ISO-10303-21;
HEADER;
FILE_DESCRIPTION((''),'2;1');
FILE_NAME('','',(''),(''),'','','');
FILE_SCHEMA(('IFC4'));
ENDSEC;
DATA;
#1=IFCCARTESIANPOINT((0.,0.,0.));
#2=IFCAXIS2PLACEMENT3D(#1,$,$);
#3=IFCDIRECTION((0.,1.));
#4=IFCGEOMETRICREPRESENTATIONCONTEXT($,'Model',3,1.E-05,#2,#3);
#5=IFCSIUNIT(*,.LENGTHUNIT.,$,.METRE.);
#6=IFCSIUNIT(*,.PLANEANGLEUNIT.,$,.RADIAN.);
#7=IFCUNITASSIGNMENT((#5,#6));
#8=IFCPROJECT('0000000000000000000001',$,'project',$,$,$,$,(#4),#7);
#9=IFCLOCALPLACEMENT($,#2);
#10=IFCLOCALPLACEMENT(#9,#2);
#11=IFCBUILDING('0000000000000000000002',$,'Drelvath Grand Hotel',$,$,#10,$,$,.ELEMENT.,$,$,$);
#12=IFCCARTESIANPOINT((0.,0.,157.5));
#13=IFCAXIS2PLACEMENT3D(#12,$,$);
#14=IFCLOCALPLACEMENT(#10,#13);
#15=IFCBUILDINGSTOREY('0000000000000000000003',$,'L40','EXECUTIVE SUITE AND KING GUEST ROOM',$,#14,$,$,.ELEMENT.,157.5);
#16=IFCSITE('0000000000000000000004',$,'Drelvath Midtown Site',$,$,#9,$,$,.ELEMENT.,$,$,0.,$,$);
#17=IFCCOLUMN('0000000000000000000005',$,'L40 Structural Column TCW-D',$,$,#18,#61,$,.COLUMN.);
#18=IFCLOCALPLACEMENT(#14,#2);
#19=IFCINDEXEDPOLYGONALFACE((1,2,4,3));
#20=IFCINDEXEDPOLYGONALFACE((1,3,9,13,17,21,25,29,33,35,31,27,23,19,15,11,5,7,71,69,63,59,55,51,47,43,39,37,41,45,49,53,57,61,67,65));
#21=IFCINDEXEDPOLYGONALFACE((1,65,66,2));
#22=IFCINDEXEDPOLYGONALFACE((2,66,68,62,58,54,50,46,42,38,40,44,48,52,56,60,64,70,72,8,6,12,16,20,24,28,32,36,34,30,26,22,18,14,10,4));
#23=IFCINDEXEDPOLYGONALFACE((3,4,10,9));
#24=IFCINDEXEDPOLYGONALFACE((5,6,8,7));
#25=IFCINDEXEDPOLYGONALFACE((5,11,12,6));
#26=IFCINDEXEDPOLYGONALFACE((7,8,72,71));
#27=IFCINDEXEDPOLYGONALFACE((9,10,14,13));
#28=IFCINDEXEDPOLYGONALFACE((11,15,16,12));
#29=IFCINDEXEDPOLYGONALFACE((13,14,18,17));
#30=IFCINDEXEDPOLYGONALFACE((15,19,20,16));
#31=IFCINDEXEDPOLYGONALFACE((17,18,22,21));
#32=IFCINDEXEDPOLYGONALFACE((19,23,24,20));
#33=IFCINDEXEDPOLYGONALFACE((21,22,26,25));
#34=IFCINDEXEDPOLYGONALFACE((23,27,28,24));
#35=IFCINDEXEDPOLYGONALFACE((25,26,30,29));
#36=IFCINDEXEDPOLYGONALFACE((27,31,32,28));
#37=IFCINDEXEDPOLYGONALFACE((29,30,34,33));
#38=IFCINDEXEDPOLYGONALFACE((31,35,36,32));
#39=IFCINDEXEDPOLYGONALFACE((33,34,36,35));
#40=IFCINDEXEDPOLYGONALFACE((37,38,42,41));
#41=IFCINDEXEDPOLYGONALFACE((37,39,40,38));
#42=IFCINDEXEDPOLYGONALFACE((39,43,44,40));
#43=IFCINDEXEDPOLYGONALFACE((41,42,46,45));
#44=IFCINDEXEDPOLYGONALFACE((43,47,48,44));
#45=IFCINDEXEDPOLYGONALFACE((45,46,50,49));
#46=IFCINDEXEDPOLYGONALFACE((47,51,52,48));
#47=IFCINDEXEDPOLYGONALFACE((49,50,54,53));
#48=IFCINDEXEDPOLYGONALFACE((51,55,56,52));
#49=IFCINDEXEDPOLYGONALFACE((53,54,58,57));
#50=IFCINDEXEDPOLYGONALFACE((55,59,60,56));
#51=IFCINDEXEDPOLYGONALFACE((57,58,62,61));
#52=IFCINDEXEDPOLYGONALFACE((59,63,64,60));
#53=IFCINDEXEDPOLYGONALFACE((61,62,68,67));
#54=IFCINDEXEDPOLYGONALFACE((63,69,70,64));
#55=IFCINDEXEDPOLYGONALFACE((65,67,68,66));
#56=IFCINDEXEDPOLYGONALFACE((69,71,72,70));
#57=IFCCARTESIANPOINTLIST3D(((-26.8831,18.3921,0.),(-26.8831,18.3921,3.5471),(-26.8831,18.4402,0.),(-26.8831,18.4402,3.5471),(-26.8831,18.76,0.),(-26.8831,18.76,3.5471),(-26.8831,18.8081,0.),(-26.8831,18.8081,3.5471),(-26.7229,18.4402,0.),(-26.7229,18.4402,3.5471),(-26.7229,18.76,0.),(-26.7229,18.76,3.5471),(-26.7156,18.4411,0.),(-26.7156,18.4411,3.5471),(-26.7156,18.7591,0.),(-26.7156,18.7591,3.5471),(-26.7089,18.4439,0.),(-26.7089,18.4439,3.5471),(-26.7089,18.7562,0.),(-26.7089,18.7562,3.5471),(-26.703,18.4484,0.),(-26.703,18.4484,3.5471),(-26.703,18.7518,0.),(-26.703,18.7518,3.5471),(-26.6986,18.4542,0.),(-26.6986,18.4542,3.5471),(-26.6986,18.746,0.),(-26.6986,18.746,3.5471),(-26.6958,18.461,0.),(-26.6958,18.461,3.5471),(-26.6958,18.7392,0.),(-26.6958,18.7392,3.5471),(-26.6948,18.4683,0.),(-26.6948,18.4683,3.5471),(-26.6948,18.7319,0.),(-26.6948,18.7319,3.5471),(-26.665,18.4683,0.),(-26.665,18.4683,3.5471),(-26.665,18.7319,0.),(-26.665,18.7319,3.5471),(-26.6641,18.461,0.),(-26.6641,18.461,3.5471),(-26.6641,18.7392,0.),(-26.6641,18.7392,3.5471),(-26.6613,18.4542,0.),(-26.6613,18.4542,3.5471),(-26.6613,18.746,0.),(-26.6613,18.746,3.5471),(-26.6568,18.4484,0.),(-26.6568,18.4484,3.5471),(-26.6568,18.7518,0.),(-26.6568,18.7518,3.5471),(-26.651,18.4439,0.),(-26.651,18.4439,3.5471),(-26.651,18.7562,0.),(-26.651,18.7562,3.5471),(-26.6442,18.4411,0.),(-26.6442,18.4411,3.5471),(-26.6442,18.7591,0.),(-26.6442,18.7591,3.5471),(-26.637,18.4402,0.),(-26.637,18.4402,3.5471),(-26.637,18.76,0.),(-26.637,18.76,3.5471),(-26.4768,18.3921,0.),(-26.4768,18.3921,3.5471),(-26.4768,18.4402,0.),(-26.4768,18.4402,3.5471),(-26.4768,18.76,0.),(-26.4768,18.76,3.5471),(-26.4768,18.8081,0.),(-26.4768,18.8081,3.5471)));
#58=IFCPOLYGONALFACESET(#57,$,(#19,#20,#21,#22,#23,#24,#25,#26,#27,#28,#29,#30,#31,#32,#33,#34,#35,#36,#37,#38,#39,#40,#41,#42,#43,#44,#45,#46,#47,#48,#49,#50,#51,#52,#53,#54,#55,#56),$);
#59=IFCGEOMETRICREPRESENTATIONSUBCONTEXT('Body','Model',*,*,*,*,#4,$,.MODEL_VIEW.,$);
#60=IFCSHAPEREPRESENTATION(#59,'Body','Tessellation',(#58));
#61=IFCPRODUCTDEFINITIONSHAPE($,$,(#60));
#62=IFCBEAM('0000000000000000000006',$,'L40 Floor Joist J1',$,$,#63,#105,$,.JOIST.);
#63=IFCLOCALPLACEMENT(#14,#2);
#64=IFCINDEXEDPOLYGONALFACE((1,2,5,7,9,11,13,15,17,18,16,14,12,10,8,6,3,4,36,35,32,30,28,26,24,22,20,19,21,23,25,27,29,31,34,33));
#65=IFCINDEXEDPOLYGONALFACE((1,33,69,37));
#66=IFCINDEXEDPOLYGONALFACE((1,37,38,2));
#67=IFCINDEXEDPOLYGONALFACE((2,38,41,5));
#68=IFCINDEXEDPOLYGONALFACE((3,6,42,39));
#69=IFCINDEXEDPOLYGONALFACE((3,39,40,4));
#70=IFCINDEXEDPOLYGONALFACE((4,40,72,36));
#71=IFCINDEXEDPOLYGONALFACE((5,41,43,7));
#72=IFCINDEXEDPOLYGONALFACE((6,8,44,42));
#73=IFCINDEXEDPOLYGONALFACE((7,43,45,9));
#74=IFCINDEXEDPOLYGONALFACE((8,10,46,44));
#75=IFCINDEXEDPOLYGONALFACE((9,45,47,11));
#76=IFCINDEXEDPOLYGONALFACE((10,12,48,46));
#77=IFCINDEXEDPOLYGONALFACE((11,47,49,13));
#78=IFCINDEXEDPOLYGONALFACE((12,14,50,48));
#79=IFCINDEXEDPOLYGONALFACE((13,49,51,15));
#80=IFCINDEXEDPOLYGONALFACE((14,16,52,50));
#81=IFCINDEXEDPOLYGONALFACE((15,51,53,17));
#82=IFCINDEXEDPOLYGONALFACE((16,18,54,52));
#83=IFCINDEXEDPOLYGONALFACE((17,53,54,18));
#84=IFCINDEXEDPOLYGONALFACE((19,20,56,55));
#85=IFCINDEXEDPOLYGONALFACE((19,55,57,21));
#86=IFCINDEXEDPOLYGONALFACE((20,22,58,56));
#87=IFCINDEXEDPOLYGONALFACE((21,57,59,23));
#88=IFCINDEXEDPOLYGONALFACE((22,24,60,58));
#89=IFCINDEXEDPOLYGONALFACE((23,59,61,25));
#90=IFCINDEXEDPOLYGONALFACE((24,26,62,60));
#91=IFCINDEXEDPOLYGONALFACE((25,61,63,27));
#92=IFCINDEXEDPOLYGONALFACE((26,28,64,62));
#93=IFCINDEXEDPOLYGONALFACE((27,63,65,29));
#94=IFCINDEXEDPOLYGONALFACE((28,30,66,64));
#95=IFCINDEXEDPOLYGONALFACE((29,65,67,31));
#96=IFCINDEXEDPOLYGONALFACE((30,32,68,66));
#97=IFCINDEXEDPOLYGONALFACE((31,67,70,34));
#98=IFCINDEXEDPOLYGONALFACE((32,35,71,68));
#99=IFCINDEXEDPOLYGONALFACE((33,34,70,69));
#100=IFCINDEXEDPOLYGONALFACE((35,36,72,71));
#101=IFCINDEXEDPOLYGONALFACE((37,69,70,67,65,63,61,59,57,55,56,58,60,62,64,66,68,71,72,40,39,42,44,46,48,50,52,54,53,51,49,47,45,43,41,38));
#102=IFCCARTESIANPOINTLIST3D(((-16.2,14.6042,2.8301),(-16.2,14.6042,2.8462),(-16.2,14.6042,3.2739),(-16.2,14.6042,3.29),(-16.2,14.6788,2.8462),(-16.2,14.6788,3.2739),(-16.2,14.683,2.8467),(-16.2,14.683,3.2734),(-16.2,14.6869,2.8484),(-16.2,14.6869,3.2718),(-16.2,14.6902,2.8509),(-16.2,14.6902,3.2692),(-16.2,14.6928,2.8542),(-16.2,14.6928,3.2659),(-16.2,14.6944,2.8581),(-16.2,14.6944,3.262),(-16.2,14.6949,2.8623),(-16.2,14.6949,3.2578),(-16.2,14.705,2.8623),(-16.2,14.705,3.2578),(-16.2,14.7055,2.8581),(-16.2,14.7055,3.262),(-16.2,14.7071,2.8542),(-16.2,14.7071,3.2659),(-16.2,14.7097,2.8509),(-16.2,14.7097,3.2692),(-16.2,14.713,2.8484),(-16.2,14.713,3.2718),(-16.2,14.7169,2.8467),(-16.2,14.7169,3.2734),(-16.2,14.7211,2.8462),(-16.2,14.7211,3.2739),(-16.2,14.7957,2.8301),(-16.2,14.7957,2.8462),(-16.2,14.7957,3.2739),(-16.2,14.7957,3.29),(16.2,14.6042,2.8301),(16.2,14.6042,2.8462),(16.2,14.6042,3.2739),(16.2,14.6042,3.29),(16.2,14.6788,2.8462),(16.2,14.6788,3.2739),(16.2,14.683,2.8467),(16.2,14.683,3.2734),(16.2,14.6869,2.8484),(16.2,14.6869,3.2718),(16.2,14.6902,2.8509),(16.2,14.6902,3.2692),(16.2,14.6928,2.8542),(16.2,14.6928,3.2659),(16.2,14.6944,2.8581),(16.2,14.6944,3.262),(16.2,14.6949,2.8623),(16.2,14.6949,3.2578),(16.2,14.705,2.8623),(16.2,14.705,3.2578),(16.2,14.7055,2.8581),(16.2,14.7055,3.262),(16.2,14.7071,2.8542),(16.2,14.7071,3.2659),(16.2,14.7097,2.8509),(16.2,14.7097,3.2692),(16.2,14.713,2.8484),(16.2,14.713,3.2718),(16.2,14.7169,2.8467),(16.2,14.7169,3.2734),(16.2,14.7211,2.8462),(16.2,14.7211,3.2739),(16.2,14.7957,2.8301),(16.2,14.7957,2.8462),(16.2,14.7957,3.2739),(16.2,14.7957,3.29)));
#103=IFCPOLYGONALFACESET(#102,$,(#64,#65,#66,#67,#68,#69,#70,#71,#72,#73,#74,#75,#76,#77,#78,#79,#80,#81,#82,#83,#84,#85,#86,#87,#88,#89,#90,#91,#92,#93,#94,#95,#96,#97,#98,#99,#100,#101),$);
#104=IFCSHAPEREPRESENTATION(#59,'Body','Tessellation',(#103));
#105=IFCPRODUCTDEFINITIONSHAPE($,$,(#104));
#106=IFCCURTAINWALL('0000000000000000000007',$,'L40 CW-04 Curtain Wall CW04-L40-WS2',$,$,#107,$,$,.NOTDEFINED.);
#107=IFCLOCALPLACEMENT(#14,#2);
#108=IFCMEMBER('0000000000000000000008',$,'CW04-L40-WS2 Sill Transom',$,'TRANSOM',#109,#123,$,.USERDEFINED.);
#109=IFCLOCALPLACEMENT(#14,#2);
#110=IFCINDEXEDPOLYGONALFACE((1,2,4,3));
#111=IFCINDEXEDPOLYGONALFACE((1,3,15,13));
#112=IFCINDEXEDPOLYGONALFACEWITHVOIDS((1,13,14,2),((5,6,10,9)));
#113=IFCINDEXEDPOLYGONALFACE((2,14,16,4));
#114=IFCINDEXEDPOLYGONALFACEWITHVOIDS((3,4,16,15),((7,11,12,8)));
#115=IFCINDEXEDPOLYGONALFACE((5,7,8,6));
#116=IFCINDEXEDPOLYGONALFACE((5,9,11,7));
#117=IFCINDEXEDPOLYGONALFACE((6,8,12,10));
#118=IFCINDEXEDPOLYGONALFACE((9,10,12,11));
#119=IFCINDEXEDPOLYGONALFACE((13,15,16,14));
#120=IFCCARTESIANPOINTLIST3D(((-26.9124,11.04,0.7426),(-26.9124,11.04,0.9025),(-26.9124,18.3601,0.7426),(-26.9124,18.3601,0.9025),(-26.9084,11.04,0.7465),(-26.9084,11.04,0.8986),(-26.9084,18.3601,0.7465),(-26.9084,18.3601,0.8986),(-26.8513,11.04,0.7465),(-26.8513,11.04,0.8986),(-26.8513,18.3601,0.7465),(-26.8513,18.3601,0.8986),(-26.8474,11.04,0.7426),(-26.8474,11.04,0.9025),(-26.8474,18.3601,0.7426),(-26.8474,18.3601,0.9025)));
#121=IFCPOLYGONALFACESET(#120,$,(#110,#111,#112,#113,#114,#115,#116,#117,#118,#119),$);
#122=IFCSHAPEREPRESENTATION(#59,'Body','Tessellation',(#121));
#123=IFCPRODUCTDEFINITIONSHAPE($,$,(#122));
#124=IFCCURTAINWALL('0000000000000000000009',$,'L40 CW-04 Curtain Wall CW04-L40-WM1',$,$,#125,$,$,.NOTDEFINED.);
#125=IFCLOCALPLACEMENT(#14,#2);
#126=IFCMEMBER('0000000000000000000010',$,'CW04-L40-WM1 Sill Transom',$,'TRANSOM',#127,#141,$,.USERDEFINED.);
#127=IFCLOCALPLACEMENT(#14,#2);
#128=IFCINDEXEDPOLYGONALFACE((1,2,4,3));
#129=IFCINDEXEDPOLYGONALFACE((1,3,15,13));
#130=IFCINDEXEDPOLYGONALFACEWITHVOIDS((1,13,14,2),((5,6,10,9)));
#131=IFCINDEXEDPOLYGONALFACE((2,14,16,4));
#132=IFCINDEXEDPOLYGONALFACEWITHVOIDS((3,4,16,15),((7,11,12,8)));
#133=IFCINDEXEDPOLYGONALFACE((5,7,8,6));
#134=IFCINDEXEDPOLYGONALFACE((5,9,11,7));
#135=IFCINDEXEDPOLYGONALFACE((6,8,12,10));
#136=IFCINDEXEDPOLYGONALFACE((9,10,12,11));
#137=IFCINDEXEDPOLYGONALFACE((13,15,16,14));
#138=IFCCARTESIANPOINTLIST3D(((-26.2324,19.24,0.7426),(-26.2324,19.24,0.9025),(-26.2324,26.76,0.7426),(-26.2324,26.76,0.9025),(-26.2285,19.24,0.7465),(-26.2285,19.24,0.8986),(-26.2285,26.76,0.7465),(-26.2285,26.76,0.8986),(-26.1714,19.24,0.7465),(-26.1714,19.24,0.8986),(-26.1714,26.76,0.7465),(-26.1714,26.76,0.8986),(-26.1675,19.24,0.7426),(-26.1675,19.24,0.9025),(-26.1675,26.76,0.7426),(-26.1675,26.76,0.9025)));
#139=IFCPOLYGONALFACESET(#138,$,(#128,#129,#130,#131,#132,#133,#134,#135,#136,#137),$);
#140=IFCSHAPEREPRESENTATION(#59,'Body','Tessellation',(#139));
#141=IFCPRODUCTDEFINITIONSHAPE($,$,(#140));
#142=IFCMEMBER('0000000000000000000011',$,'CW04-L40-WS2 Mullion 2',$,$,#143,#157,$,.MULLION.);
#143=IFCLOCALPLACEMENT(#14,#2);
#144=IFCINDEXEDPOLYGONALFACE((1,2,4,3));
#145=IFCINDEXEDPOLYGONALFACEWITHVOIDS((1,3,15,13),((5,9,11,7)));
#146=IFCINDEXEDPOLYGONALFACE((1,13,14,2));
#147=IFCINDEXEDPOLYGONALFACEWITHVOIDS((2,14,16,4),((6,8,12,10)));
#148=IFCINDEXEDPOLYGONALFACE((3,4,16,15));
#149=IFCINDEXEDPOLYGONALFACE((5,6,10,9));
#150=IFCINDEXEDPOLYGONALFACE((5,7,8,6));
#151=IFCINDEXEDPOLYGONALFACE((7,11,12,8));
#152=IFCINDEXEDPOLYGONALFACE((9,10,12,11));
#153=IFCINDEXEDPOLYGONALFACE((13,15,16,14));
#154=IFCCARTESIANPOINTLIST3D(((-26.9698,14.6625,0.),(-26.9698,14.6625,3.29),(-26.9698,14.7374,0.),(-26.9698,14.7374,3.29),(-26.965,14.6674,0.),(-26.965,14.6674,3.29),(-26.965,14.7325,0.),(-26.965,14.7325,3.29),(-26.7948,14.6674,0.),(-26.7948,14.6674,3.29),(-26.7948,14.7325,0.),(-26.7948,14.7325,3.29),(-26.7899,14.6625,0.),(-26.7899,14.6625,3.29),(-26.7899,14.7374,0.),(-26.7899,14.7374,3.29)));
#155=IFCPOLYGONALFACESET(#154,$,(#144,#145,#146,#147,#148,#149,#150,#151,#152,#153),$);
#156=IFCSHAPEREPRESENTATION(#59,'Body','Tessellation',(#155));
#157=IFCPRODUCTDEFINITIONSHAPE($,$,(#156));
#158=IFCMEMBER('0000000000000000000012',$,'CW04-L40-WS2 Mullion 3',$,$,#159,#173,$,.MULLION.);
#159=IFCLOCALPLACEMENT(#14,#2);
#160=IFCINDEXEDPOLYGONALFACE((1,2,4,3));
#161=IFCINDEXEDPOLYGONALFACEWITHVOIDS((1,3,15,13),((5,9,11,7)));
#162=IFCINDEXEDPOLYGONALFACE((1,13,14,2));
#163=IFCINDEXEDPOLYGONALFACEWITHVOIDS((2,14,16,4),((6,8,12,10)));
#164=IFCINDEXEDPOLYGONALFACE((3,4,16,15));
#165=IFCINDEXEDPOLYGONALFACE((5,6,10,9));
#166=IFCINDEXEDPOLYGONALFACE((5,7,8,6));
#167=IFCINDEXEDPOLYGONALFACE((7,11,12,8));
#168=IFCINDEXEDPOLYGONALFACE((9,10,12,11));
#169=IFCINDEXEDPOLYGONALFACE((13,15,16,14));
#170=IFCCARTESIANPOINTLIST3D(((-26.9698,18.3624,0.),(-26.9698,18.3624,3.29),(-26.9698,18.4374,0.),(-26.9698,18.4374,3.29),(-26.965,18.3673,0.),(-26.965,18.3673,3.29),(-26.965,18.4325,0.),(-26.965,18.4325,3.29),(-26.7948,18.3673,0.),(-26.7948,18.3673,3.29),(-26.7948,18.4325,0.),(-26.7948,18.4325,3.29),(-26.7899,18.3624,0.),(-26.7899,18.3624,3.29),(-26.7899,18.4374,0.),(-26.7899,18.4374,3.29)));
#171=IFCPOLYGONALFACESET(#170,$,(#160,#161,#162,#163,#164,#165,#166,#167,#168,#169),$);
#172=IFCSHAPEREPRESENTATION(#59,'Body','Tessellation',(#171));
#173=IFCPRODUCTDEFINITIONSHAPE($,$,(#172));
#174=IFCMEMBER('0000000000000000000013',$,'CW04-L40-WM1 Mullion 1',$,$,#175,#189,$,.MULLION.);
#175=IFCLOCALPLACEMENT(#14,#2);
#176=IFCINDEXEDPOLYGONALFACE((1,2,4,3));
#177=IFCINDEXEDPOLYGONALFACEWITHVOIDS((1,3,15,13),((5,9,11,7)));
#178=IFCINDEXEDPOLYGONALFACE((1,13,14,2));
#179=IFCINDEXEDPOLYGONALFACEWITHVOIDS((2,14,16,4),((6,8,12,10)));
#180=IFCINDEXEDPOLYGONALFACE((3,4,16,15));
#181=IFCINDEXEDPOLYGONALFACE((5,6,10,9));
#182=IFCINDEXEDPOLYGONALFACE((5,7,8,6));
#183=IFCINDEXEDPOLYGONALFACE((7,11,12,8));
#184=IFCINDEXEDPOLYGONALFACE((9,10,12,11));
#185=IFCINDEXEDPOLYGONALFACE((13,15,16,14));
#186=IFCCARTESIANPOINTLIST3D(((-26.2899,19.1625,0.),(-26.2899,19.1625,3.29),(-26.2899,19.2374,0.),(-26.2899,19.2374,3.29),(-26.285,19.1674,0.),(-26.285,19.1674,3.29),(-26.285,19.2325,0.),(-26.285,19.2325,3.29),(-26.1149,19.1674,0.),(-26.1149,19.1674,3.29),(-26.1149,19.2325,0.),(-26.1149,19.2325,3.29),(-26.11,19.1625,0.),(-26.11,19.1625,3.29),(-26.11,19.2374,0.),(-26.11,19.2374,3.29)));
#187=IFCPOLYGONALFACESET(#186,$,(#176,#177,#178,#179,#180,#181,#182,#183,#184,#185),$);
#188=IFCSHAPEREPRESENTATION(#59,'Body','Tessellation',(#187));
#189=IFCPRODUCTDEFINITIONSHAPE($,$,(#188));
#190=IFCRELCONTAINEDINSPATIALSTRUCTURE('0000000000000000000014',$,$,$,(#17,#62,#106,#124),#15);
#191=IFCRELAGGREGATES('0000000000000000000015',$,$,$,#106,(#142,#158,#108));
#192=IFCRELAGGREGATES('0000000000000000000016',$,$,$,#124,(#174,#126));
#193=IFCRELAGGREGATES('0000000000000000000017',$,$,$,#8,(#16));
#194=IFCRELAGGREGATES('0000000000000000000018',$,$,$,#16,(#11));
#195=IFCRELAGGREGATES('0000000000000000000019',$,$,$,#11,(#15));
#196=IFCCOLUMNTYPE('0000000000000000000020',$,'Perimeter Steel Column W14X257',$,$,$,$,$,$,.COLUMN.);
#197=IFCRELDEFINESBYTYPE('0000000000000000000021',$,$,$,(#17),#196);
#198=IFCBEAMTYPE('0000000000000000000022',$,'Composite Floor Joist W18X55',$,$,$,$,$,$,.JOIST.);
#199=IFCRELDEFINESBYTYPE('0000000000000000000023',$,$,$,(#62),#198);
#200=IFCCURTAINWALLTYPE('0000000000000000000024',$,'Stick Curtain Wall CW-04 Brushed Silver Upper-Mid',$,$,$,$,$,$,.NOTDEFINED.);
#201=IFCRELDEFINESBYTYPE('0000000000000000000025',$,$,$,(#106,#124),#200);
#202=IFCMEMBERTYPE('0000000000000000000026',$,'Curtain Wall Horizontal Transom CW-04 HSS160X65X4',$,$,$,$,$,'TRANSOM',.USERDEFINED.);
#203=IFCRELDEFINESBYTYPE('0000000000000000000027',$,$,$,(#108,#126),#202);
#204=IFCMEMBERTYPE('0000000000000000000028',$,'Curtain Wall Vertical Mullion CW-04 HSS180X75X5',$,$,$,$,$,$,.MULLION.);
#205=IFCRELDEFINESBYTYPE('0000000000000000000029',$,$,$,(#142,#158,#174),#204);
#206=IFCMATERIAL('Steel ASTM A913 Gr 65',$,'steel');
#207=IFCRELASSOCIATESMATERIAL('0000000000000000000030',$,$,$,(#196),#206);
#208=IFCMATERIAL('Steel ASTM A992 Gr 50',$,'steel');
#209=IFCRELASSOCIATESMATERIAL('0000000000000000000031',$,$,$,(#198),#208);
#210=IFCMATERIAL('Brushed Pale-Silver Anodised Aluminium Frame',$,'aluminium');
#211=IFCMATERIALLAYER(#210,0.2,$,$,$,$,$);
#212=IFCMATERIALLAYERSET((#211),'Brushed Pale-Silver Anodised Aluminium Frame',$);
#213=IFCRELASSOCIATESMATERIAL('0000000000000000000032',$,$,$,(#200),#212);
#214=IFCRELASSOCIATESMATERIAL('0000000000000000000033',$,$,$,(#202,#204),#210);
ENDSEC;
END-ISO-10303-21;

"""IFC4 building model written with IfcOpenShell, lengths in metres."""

from ifc_helpers import new_model, si_unit, direction, frame, origin, origin_2d, place, context, subcontext, project, spatial, hollow_rectangle, i_section, extrude, material, layer, layer_set, material_profile, profile_set, type_object, element, aggregate, save


model = new_model("IFC4")

# Units and contexts
model_context = context("Model", 3, precision=1e-05, world=origin(), true_north=direction((0.0, 1.0)))
body_context = subcontext(model_context, "Body", "Model", "MODEL_VIEW")
ifc_project = project(units=[si_unit("LENGTHUNIT", "METRE"), si_unit("PLANEANGLEUNIT", "RADIAN")], contexts=[model_context])

# Site, building, storey
site_placement = place(None, origin())
site = spatial("IfcSite", under=ifc_project, at=site_placement, Name="Drelvath Midtown Site", CompositionType="ELEMENT", RefElevation=0.0)
building_placement = place(site_placement, origin())
building = spatial("IfcBuilding", under=site, at=building_placement, Name="Drelvath Grand Hotel", CompositionType="ELEMENT")
storey_placement = place(building_placement, frame((0.0, 0.0, 157.5)))
storey = spatial("IfcBuildingStorey", under=building, at=storey_placement, Name="L40", Description="EXECUTIVE SUITE AND KING GUEST ROOM", CompositionType="ELEMENT", Elevation=157.5)

# Column
ifc_material_1 = material(Name="Steel ASTM A913 Gr 65", Category="steel")
ifc_material_profile_1 = material_profile(ifc_material_1, i_section(OverallWidth=0.4062, OverallDepth=0.416, WebThickness=0.0298, FlangeThickness=0.0481, FilletRadius=0.0281, at=origin_2d()), Name="W14X257")
ifc_profile_set_1 = profile_set([ifc_material_profile_1], Name="Steel ASTM A913 Gr 65")
column_type = type_object("IfcColumnType", Name="Perimeter Steel Column W14X257", PredefinedType="COLUMN", material=ifc_profile_set_1)
column_placement = place(storey_placement, frame((-26.6799, 18.6001, 0.0), z_axis=(0.0, 0.0, 1.0), x_axis=(1.0, 0.0, 0.0)))
element("IfcColumn", 1, at=column_placement, inside=storey, type_object=column_type, Name="L40 Structural Column TCW-D", PredefinedType="COLUMN", context=body_context, shape_type="SweptSolid", body=[
    extrude(i_section(OverallWidth=0.4062, OverallDepth=0.416, WebThickness=0.0298, FlangeThickness=0.0481, FilletRadius=0.0281, at=origin_2d()), origin(), (0.0, 0.0, 1.0), 3.5471),
])

# Beam
ifc_material_2 = material(Name="Steel ASTM A992 Gr 50", Category="steel")
ifc_material_profile_2 = material_profile(ifc_material_2, i_section(OverallWidth=0.1914, OverallDepth=0.46, WebThickness=0.01, FlangeThickness=0.0161, FilletRadius=0.0161, at=origin_2d()), Name="W18X55")
ifc_profile_set_2 = profile_set([ifc_material_profile_2], Name="Steel ASTM A992 Gr 50")
beam_type_1 = type_object("IfcBeamType", Name="Composite Floor Joist W18X55", PredefinedType="JOIST", material=ifc_profile_set_2)
beam_1_placement = place(storey_placement, frame((-16.2, 14.7, 3.0601), z_axis=(1.0, 0.0, 0.0), x_axis=(0.0, 1.0, 0.0)))
element("IfcBeam", 2, at=beam_1_placement, inside=storey, type_object=beam_type_1, Name="L40 Floor Joist J1", PredefinedType="JOIST", context=body_context, shape_type="SweptSolid", body=[
    extrude(i_section(OverallWidth=0.1914, OverallDepth=0.46, WebThickness=0.01, FlangeThickness=0.0161, FilletRadius=0.0161, at=origin_2d()), origin(), (0.0, 0.0, 1.0), 32.3999),
])

# Curtain walls, members
ifc_material_3 = material(Name="Brushed Pale-Silver Anodised Aluminium Frame", Category="aluminium")
ifc_layer_1 = layer(ifc_material_3, 0.2)
ifc_layer_set_1 = layer_set([ifc_layer_1], Name="Brushed Pale-Silver Anodised Aluminium Frame")
curtain_wall_type = type_object("IfcCurtainWallType", Name="Stick Curtain Wall CW-04 Brushed Silver Upper-Mid", PredefinedType="NOTDEFINED", material=ifc_layer_set_1)
curtain_wall_1_placement = place(storey_placement, origin())
curtain_wall_1 = element("IfcCurtainWall", 3, at=curtain_wall_1_placement, inside=storey, type_object=curtain_wall_type, Name="L40 CW-04 Curtain Wall CW04-L40-WS2", PredefinedType="NOTDEFINED")
ifc_material_profile_3 = material_profile(ifc_material_3, hollow_rectangle(XDim=0.0649, YDim=0.1599, WallThickness=0.0039, at=origin_2d()), Name="HSS160X65X4")
ifc_profile_set_3 = profile_set([ifc_material_profile_3], Name="Brushed Pale-Silver Anodised Aluminium Frame")
member_type_1 = type_object("IfcMemberType", Name="Curtain Wall Horizontal Transom CW-04 HSS160X65X4", ElementType="TRANSOM", PredefinedType="USERDEFINED", material=ifc_profile_set_3)
member_1_placement = place(storey_placement, frame((-26.8799, 11.04, 0.8225), z_axis=(0.0, 1.0, 0.0), x_axis=(-1.0, 0.0, 0.0)))
member_1 = element("IfcMember", 4, at=member_1_placement, type_object=member_type_1, Name="CW04-L40-WS2 Sill Transom", ObjectType="TRANSOM", PredefinedType="USERDEFINED", context=body_context, shape_type="SweptSolid", body=[
    extrude(hollow_rectangle(XDim=0.0649, YDim=0.1599, WallThickness=0.0039, at=origin_2d()), origin(), (0.0, 0.0, 1.0), 7.3201),
])
curtain_wall_2_placement = place(storey_placement, origin())
curtain_wall_2 = element("IfcCurtainWall", 5, at=curtain_wall_2_placement, inside=storey, type_object=curtain_wall_type, Name="L40 CW-04 Curtain Wall CW04-L40-WM1", PredefinedType="NOTDEFINED")
member_2_placement = place(storey_placement, frame((-26.2, 19.24, 0.8225), z_axis=(0.0, 1.0, 0.0), x_axis=(-1.0, 0.0, 0.0)))
member_2 = element("IfcMember", 6, at=member_2_placement, type_object=member_type_1, Name="CW04-L40-WM1 Sill Transom", ObjectType="TRANSOM", PredefinedType="USERDEFINED", context=body_context, shape_type="SweptSolid", body=[
    extrude(hollow_rectangle(XDim=0.0649, YDim=0.1599, WallThickness=0.0039, at=origin_2d()), origin(), (0.0, 0.0, 1.0), 7.52),
])

# Members
ifc_material_profile_4 = material_profile(ifc_material_3, hollow_rectangle(XDim=0.075, YDim=0.1799, WallThickness=0.0049, at=origin_2d()), Name="HSS180X75X5")
ifc_profile_set_4 = profile_set([ifc_material_profile_4], Name="Brushed Pale-Silver Anodised Aluminium Frame")
member_type_2 = type_object("IfcMemberType", Name="Curtain Wall Vertical Mullion CW-04 HSS180X75X5", PredefinedType="MULLION", material=ifc_profile_set_4)
member_3_placement = place(storey_placement, frame((-26.8799, 14.7, 0.0), z_axis=(0.0, 0.0, 1.0), x_axis=(0.0, 1.0, 0.0)))
member_3 = element("IfcMember", 7, at=member_3_placement, type_object=member_type_2, Name="CW04-L40-WS2 Mullion 2", PredefinedType="MULLION", context=body_context, shape_type="SweptSolid", body=[
    extrude(hollow_rectangle(XDim=0.075, YDim=0.1799, WallThickness=0.0049, at=origin_2d()), origin(), (0.0, 0.0, 1.0), 3.29),
])
member_4_placement = place(storey_placement, frame((-26.8799, 18.3999, 0.0), z_axis=(0.0, 0.0, 1.0), x_axis=(0.0, 1.0, 0.0)))
member_4 = element("IfcMember", 8, at=member_4_placement, type_object=member_type_2, Name="CW04-L40-WS2 Mullion 3", PredefinedType="MULLION", context=body_context, shape_type="SweptSolid", body=[
    extrude(hollow_rectangle(XDim=0.075, YDim=0.1799, WallThickness=0.0049, at=origin_2d()), origin(), (0.0, 0.0, 1.0), 3.29),
])
member_5_placement = place(storey_placement, frame((-26.2, 19.2, 0.0), z_axis=(0.0, 0.0, 1.0), x_axis=(0.0, 1.0, 0.0)))
member_5 = element("IfcMember", 9, at=member_5_placement, type_object=member_type_2, Name="CW04-L40-WM1 Mullion 1", PredefinedType="MULLION", context=body_context, shape_type="SweptSolid", body=[
    extrude(hollow_rectangle(XDim=0.075, YDim=0.1799, WallThickness=0.0049, at=origin_2d()), origin(), (0.0, 0.0, 1.0), 3.29),
])

aggregate(curtain_wall_1, [member_3, member_4, member_1])
aggregate(curtain_wall_2, [member_5, member_2])

save(model, "model.ifc")
